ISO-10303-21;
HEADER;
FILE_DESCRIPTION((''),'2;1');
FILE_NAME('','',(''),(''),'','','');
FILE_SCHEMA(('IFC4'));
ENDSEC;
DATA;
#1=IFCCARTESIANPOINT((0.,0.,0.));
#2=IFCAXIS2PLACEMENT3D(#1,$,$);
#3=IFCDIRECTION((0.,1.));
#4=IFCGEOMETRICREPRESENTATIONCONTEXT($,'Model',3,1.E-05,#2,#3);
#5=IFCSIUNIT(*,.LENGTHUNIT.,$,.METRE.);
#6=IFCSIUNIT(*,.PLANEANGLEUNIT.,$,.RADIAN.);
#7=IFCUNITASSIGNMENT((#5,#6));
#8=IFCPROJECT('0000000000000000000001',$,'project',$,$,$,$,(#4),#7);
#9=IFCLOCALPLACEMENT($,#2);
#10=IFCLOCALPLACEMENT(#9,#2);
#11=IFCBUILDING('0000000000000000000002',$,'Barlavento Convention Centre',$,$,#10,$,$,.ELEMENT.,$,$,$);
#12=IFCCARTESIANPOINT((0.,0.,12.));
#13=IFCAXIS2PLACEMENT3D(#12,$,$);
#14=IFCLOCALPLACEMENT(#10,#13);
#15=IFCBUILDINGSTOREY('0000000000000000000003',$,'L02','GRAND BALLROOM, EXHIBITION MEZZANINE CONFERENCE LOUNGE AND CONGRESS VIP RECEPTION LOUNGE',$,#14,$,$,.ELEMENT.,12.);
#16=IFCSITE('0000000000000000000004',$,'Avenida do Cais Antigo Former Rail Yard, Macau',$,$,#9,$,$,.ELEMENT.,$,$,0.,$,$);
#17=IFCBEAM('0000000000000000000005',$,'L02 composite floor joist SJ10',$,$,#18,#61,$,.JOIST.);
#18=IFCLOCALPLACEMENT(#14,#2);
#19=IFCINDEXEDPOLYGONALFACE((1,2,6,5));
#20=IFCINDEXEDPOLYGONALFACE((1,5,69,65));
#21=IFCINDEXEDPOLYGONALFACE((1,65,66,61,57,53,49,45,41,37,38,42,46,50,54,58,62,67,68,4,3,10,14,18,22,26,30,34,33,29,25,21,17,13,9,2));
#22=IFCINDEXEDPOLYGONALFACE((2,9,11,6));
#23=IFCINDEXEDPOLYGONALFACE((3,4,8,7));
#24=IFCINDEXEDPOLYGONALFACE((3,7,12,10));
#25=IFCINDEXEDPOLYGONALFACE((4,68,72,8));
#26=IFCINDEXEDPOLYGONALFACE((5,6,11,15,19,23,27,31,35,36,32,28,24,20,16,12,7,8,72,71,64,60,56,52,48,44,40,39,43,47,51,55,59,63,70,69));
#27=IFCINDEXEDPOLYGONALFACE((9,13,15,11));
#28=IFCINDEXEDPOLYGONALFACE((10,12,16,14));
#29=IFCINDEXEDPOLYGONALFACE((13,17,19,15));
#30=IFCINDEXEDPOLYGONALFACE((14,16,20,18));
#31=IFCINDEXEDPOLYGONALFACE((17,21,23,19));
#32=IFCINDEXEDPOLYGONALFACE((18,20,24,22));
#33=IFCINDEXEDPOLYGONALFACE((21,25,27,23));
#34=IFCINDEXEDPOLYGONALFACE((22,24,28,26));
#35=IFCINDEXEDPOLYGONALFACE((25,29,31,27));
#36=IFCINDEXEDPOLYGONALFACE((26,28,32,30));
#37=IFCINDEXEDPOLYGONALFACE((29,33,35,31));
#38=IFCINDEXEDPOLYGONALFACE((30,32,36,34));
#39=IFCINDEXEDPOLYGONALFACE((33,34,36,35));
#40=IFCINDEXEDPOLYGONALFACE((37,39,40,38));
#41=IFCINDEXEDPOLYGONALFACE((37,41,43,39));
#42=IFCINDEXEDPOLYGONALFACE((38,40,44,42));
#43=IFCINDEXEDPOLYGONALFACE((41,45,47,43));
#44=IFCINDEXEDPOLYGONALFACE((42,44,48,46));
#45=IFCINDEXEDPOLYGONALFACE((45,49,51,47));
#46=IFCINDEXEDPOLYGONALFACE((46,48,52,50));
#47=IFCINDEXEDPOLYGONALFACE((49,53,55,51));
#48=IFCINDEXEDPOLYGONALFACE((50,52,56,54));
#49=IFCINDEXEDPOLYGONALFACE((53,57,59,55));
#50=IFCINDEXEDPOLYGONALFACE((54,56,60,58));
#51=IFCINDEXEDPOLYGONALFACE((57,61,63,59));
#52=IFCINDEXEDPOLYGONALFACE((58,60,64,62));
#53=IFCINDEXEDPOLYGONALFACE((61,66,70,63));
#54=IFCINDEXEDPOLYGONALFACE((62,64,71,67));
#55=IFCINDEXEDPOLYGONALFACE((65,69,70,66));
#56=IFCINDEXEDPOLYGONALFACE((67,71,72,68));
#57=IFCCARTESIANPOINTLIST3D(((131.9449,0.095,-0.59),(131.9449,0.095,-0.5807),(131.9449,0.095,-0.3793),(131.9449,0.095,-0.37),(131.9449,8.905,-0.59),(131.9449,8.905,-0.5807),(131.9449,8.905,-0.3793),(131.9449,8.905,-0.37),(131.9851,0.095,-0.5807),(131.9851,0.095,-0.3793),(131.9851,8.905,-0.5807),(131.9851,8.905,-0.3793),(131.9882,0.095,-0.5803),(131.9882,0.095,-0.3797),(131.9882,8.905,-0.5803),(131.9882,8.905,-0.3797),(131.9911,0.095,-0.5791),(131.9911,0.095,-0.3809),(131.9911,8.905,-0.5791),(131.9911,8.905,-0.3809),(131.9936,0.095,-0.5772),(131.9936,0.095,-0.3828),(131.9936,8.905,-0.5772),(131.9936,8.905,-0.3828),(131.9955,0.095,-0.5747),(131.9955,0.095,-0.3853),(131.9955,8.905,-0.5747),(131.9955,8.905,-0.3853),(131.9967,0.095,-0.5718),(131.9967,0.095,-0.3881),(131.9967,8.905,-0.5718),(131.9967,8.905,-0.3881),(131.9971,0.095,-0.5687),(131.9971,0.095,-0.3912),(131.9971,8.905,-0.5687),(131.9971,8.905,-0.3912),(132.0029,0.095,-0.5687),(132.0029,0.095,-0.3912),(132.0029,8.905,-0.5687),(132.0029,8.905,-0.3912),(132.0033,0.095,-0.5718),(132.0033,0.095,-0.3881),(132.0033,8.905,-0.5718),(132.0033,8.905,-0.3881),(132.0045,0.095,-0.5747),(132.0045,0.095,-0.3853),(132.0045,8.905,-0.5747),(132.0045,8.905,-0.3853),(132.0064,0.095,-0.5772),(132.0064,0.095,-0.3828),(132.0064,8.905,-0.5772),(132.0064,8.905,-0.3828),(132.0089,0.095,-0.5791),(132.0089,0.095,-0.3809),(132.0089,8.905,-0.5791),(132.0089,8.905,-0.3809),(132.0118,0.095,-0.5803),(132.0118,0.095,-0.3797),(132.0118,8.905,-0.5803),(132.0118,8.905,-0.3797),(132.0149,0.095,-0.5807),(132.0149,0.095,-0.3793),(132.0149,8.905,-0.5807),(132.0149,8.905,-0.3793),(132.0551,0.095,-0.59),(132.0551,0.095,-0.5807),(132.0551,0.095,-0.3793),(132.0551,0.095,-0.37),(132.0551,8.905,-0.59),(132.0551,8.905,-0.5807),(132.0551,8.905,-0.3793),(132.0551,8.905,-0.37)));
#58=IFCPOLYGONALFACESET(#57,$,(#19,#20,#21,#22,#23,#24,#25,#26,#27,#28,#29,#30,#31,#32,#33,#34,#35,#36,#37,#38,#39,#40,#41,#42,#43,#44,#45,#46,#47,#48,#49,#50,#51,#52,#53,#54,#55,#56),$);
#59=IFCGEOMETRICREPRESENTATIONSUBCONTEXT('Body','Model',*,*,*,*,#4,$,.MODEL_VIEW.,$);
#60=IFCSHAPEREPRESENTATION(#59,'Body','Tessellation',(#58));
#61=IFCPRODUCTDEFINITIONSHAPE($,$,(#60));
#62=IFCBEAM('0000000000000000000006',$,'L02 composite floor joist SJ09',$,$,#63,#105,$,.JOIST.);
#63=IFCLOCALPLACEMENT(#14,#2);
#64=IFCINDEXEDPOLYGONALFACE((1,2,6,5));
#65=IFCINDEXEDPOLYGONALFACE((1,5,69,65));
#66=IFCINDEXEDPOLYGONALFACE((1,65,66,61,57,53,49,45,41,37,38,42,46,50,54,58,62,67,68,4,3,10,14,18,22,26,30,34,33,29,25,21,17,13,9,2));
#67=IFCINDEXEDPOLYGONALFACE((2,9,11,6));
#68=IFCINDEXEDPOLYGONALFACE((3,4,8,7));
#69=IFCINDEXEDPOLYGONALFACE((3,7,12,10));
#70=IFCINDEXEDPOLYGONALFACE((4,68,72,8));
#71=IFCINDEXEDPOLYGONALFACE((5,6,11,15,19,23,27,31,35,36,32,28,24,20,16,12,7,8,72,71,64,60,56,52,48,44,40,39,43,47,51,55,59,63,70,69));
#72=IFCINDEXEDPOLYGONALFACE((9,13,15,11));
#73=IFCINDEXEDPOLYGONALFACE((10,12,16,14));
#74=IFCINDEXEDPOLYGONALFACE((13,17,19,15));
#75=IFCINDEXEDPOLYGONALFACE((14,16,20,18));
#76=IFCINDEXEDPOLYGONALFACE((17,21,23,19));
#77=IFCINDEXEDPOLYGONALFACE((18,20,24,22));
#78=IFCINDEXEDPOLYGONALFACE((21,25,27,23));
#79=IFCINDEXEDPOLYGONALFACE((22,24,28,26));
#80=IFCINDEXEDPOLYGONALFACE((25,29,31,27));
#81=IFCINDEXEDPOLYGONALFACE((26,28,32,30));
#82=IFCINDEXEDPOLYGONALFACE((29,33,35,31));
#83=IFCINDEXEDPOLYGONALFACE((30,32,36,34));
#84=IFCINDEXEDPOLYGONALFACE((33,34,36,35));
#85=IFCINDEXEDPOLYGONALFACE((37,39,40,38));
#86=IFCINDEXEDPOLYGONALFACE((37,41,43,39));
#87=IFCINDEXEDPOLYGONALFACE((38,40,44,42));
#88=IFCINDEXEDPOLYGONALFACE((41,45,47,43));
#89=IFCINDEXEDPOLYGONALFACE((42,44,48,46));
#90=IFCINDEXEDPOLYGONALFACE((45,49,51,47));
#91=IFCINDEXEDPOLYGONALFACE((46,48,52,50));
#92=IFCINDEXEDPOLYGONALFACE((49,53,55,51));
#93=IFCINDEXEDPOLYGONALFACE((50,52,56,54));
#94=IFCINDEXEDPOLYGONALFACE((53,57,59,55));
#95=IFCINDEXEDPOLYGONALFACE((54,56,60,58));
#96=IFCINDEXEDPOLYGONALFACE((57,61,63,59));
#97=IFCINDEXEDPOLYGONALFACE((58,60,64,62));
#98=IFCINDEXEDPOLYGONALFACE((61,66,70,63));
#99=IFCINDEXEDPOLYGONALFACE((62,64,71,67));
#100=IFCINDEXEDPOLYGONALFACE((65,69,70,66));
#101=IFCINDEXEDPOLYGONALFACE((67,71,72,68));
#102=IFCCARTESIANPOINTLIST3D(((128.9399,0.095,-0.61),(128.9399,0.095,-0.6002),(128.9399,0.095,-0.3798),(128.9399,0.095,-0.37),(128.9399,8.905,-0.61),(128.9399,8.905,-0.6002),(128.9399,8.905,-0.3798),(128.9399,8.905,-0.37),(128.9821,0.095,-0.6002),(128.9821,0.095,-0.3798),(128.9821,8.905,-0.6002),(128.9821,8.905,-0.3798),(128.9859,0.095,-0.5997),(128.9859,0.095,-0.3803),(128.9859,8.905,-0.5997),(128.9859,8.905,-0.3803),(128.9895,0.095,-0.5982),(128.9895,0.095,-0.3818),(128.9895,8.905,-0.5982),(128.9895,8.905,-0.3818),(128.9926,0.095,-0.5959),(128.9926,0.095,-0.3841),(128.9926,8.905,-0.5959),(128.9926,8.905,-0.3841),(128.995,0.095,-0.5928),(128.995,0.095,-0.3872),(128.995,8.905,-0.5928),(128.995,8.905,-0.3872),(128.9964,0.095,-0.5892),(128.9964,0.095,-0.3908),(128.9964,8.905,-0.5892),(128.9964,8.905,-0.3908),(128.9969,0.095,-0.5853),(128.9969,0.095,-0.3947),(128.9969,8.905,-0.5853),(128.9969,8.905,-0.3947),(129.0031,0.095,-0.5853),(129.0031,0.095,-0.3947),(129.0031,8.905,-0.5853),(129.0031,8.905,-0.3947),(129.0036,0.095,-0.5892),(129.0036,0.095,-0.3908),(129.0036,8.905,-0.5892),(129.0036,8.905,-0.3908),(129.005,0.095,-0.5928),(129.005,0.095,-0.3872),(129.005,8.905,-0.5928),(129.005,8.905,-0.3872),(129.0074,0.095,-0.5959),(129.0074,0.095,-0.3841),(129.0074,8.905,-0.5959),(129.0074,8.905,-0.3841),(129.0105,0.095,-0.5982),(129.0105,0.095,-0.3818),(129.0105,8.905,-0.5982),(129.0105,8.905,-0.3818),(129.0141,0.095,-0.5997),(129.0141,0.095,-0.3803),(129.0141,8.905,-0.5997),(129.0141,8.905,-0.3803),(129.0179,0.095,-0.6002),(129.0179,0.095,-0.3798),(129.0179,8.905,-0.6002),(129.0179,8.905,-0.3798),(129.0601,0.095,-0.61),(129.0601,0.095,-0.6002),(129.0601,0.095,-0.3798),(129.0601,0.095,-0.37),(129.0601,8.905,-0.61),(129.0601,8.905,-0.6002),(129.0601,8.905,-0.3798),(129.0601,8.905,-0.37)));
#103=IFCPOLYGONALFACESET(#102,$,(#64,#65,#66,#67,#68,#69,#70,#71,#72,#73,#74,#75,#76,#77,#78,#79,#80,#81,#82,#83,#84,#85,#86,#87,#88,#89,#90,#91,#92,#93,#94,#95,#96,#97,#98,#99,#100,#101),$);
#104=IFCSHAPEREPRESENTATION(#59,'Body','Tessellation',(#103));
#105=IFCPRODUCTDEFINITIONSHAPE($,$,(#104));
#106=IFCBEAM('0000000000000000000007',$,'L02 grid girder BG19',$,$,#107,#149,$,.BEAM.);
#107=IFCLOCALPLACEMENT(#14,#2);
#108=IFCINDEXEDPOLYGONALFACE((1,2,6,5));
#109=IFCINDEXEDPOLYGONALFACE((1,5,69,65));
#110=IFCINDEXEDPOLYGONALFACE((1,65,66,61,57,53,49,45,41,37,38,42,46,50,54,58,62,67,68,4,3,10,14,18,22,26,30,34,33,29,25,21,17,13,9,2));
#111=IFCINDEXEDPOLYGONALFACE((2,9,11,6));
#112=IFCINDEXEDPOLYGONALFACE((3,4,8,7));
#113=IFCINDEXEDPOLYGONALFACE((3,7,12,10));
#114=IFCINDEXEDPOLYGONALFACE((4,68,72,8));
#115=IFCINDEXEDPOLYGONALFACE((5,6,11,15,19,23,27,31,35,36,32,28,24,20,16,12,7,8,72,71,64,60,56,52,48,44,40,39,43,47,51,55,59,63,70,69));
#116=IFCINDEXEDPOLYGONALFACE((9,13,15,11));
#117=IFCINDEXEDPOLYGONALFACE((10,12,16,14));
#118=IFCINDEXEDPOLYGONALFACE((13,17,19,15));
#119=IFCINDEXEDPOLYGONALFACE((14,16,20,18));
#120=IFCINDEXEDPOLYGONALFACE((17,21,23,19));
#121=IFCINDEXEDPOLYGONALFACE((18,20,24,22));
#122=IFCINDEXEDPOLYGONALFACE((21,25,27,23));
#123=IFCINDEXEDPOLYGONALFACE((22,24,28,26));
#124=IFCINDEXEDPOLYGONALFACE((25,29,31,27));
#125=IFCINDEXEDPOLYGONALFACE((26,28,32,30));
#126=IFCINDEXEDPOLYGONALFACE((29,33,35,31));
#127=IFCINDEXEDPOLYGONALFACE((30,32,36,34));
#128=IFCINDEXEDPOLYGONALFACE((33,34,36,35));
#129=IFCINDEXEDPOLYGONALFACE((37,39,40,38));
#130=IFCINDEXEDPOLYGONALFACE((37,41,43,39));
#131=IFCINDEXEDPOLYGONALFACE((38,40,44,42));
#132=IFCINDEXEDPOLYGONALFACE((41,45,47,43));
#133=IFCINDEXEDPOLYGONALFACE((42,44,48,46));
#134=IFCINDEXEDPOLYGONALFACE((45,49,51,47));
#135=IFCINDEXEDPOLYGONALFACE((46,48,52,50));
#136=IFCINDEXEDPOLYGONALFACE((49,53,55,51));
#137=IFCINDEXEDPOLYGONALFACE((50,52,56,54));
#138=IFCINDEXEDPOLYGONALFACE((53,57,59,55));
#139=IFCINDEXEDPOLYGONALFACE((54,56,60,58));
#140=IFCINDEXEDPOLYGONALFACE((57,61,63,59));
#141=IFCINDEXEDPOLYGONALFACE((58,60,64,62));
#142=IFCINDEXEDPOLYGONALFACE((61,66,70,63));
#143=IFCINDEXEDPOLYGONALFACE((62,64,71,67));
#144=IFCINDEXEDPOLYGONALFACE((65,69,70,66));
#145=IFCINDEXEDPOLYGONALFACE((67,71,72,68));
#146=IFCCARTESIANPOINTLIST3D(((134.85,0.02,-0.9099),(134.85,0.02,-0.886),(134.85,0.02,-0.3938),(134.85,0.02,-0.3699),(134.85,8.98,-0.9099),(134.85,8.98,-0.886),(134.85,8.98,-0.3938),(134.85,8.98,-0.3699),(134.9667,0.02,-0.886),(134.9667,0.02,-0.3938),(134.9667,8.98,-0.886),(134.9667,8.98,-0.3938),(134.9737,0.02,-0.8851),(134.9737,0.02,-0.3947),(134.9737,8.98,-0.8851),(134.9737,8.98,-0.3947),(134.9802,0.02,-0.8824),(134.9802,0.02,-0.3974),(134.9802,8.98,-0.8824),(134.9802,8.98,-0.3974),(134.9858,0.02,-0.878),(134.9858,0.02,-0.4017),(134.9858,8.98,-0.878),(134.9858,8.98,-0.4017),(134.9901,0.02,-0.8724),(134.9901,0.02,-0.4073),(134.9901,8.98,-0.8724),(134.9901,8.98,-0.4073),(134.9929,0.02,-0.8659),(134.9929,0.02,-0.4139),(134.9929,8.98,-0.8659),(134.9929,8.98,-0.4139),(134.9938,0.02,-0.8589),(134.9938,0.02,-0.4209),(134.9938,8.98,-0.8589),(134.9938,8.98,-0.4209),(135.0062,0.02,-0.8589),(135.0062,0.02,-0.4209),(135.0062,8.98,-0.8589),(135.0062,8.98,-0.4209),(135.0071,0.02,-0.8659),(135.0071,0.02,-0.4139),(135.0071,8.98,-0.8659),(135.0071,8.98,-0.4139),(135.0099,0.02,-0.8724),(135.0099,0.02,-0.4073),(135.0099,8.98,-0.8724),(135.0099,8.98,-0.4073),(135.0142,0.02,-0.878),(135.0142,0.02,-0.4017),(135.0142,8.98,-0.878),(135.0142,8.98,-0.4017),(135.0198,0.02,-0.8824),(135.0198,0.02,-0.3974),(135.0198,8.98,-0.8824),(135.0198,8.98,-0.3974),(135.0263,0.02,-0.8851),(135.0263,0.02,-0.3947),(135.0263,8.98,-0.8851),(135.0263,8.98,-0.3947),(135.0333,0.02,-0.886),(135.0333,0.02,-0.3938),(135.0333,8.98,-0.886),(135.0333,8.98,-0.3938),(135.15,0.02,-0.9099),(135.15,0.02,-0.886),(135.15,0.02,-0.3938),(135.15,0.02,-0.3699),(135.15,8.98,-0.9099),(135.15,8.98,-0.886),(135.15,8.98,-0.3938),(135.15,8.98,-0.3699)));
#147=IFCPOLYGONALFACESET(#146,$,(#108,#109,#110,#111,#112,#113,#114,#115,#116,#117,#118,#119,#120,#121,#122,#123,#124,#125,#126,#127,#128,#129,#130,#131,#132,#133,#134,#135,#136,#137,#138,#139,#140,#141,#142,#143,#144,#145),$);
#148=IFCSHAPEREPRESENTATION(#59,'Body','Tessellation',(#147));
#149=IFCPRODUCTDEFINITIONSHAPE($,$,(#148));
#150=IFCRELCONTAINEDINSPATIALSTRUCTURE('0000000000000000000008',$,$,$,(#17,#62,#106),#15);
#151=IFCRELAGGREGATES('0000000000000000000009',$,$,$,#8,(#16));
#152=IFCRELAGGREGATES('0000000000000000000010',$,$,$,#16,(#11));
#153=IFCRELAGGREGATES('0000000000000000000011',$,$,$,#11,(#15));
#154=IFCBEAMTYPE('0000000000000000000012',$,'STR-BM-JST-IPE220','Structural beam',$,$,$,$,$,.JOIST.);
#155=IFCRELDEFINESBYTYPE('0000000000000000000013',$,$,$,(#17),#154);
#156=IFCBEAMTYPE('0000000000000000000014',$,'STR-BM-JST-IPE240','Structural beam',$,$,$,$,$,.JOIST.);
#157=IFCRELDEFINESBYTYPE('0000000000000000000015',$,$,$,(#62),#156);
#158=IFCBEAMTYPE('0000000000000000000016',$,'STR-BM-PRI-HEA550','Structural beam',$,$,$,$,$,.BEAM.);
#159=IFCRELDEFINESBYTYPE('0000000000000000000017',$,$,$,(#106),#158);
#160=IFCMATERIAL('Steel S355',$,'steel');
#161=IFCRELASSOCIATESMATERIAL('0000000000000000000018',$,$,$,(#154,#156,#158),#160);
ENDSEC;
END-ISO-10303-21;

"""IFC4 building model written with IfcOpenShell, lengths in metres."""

from ifc_helpers import new_model, si_unit, direction, frame, origin, origin_2d, place, context, subcontext, project, spatial, i_section, extrude, material, material_profile, profile_set, type_object, element, save


model = new_model("IFC4")

# Units and contexts
model_context = context("Model", 3, precision=1e-05, world=origin(), true_north=direction((0.0, 1.0)))
body_context = subcontext(model_context, "Body", "Model", "MODEL_VIEW")
ifc_project = project(units=[si_unit("LENGTHUNIT", "METRE"), si_unit("PLANEANGLEUNIT", "RADIAN")], contexts=[model_context])

# Site, building, storey
site_placement = place(None, origin())
site = spatial("IfcSite", under=ifc_project, at=site_placement, Name="Avenida do Cais Antigo Former Rail Yard, Macau", CompositionType="ELEMENT", RefElevation=0.0)
building_placement = place(site_placement, origin())
building = spatial("IfcBuilding", under=site, at=building_placement, Name="Barlavento Convention Centre", CompositionType="ELEMENT")
storey_placement = place(building_placement, frame((0.0, 0.0, 12.0)))
storey = spatial("IfcBuildingStorey", under=building, at=storey_placement, Name="L02", Description="GRAND BALLROOM, EXHIBITION MEZZANINE CONFERENCE LOUNGE AND CONGRESS VIP RECEPTION LOUNGE", CompositionType="ELEMENT", Elevation=12.0)

# Shared definitions
ifc_material_1 = material(Name="Steel S355", Category="steel")

# Beams
ifc_material_profile_1 = material_profile(ifc_material_1, i_section(OverallWidth=0.1101, OverallDepth=0.22, WebThickness=0.0059, FlangeThickness=0.0093, FilletRadius=0.012, at=origin_2d()), Name="IPE 220")
ifc_profile_set_1 = profile_set([ifc_material_profile_1], Name="Steel S355")
beam_type_1 = type_object("IfcBeamType", Name="STR-BM-JST-IPE220", Description="Structural beam", PredefinedType="JOIST", material=ifc_profile_set_1)
beam_1_placement = place(storey_placement, frame((132.0, 0.095, -0.48), z_axis=(0.0, 1.0, 0.0), x_axis=(-1.0, 0.0, 0.0)))
element("IfcBeam", 1, at=beam_1_placement, inside=storey, type_object=beam_type_1, Name="L02 composite floor joist SJ10", PredefinedType="JOIST", context=body_context, shape_type="SweptSolid", body=[
    extrude(i_section(OverallWidth=0.1101, OverallDepth=0.22, WebThickness=0.0059, FlangeThickness=0.0093, FilletRadius=0.012, at=origin_2d()), origin(), (0.0, 0.0, 1.0), 8.8101),
])
ifc_material_profile_2 = material_profile(ifc_material_1, i_section(OverallWidth=0.1201, OverallDepth=0.24, WebThickness=0.0061, FlangeThickness=0.0098, FilletRadius=0.0149, at=origin_2d()), Name="IPE 240")
ifc_profile_set_2 = profile_set([ifc_material_profile_2], Name="Steel S355")
beam_type_2 = type_object("IfcBeamType", Name="STR-BM-JST-IPE240", Description="Structural beam", PredefinedType="JOIST", material=ifc_profile_set_2)
beam_2_placement = place(storey_placement, frame((129.0, 0.095, -0.49), z_axis=(0.0, 1.0, 0.0), x_axis=(-1.0, 0.0, 0.0)))
element("IfcBeam", 2, at=beam_2_placement, inside=storey, type_object=beam_type_2, Name="L02 composite floor joist SJ09", PredefinedType="JOIST", context=body_context, shape_type="SweptSolid", body=[
    extrude(i_section(OverallWidth=0.1201, OverallDepth=0.24, WebThickness=0.0061, FlangeThickness=0.0098, FilletRadius=0.0149, at=origin_2d()), origin(), (0.0, 0.0, 1.0), 8.8101),
])
ifc_material_profile_3 = material_profile(ifc_material_1, i_section(OverallWidth=0.3, OverallDepth=0.54, WebThickness=0.0125, FlangeThickness=0.0239, FilletRadius=0.0271, at=origin_2d()), Name="HEA 550")
ifc_profile_set_3 = profile_set([ifc_material_profile_3], Name="Steel S355")
beam_type_3 = type_object("IfcBeamType", Name="STR-BM-PRI-HEA550", Description="Structural beam", PredefinedType="BEAM", material=ifc_profile_set_3)
beam_3_placement = place(storey_placement, frame((135.0, 0.02, -0.6399), z_axis=(0.0, 1.0, 0.0), x_axis=(-1.0, 0.0, 0.0)))
element("IfcBeam", 3, at=beam_3_placement, inside=storey, type_object=beam_type_3, Name="L02 grid girder BG19", PredefinedType="BEAM", context=body_context, shape_type="SweptSolid", body=[
    extrude(i_section(OverallWidth=0.3, OverallDepth=0.54, WebThickness=0.0125, FlangeThickness=0.0239, FilletRadius=0.0271, at=origin_2d()), origin(), (0.0, 0.0, 1.0), 8.96),
])

save(model, "model.ifc")
